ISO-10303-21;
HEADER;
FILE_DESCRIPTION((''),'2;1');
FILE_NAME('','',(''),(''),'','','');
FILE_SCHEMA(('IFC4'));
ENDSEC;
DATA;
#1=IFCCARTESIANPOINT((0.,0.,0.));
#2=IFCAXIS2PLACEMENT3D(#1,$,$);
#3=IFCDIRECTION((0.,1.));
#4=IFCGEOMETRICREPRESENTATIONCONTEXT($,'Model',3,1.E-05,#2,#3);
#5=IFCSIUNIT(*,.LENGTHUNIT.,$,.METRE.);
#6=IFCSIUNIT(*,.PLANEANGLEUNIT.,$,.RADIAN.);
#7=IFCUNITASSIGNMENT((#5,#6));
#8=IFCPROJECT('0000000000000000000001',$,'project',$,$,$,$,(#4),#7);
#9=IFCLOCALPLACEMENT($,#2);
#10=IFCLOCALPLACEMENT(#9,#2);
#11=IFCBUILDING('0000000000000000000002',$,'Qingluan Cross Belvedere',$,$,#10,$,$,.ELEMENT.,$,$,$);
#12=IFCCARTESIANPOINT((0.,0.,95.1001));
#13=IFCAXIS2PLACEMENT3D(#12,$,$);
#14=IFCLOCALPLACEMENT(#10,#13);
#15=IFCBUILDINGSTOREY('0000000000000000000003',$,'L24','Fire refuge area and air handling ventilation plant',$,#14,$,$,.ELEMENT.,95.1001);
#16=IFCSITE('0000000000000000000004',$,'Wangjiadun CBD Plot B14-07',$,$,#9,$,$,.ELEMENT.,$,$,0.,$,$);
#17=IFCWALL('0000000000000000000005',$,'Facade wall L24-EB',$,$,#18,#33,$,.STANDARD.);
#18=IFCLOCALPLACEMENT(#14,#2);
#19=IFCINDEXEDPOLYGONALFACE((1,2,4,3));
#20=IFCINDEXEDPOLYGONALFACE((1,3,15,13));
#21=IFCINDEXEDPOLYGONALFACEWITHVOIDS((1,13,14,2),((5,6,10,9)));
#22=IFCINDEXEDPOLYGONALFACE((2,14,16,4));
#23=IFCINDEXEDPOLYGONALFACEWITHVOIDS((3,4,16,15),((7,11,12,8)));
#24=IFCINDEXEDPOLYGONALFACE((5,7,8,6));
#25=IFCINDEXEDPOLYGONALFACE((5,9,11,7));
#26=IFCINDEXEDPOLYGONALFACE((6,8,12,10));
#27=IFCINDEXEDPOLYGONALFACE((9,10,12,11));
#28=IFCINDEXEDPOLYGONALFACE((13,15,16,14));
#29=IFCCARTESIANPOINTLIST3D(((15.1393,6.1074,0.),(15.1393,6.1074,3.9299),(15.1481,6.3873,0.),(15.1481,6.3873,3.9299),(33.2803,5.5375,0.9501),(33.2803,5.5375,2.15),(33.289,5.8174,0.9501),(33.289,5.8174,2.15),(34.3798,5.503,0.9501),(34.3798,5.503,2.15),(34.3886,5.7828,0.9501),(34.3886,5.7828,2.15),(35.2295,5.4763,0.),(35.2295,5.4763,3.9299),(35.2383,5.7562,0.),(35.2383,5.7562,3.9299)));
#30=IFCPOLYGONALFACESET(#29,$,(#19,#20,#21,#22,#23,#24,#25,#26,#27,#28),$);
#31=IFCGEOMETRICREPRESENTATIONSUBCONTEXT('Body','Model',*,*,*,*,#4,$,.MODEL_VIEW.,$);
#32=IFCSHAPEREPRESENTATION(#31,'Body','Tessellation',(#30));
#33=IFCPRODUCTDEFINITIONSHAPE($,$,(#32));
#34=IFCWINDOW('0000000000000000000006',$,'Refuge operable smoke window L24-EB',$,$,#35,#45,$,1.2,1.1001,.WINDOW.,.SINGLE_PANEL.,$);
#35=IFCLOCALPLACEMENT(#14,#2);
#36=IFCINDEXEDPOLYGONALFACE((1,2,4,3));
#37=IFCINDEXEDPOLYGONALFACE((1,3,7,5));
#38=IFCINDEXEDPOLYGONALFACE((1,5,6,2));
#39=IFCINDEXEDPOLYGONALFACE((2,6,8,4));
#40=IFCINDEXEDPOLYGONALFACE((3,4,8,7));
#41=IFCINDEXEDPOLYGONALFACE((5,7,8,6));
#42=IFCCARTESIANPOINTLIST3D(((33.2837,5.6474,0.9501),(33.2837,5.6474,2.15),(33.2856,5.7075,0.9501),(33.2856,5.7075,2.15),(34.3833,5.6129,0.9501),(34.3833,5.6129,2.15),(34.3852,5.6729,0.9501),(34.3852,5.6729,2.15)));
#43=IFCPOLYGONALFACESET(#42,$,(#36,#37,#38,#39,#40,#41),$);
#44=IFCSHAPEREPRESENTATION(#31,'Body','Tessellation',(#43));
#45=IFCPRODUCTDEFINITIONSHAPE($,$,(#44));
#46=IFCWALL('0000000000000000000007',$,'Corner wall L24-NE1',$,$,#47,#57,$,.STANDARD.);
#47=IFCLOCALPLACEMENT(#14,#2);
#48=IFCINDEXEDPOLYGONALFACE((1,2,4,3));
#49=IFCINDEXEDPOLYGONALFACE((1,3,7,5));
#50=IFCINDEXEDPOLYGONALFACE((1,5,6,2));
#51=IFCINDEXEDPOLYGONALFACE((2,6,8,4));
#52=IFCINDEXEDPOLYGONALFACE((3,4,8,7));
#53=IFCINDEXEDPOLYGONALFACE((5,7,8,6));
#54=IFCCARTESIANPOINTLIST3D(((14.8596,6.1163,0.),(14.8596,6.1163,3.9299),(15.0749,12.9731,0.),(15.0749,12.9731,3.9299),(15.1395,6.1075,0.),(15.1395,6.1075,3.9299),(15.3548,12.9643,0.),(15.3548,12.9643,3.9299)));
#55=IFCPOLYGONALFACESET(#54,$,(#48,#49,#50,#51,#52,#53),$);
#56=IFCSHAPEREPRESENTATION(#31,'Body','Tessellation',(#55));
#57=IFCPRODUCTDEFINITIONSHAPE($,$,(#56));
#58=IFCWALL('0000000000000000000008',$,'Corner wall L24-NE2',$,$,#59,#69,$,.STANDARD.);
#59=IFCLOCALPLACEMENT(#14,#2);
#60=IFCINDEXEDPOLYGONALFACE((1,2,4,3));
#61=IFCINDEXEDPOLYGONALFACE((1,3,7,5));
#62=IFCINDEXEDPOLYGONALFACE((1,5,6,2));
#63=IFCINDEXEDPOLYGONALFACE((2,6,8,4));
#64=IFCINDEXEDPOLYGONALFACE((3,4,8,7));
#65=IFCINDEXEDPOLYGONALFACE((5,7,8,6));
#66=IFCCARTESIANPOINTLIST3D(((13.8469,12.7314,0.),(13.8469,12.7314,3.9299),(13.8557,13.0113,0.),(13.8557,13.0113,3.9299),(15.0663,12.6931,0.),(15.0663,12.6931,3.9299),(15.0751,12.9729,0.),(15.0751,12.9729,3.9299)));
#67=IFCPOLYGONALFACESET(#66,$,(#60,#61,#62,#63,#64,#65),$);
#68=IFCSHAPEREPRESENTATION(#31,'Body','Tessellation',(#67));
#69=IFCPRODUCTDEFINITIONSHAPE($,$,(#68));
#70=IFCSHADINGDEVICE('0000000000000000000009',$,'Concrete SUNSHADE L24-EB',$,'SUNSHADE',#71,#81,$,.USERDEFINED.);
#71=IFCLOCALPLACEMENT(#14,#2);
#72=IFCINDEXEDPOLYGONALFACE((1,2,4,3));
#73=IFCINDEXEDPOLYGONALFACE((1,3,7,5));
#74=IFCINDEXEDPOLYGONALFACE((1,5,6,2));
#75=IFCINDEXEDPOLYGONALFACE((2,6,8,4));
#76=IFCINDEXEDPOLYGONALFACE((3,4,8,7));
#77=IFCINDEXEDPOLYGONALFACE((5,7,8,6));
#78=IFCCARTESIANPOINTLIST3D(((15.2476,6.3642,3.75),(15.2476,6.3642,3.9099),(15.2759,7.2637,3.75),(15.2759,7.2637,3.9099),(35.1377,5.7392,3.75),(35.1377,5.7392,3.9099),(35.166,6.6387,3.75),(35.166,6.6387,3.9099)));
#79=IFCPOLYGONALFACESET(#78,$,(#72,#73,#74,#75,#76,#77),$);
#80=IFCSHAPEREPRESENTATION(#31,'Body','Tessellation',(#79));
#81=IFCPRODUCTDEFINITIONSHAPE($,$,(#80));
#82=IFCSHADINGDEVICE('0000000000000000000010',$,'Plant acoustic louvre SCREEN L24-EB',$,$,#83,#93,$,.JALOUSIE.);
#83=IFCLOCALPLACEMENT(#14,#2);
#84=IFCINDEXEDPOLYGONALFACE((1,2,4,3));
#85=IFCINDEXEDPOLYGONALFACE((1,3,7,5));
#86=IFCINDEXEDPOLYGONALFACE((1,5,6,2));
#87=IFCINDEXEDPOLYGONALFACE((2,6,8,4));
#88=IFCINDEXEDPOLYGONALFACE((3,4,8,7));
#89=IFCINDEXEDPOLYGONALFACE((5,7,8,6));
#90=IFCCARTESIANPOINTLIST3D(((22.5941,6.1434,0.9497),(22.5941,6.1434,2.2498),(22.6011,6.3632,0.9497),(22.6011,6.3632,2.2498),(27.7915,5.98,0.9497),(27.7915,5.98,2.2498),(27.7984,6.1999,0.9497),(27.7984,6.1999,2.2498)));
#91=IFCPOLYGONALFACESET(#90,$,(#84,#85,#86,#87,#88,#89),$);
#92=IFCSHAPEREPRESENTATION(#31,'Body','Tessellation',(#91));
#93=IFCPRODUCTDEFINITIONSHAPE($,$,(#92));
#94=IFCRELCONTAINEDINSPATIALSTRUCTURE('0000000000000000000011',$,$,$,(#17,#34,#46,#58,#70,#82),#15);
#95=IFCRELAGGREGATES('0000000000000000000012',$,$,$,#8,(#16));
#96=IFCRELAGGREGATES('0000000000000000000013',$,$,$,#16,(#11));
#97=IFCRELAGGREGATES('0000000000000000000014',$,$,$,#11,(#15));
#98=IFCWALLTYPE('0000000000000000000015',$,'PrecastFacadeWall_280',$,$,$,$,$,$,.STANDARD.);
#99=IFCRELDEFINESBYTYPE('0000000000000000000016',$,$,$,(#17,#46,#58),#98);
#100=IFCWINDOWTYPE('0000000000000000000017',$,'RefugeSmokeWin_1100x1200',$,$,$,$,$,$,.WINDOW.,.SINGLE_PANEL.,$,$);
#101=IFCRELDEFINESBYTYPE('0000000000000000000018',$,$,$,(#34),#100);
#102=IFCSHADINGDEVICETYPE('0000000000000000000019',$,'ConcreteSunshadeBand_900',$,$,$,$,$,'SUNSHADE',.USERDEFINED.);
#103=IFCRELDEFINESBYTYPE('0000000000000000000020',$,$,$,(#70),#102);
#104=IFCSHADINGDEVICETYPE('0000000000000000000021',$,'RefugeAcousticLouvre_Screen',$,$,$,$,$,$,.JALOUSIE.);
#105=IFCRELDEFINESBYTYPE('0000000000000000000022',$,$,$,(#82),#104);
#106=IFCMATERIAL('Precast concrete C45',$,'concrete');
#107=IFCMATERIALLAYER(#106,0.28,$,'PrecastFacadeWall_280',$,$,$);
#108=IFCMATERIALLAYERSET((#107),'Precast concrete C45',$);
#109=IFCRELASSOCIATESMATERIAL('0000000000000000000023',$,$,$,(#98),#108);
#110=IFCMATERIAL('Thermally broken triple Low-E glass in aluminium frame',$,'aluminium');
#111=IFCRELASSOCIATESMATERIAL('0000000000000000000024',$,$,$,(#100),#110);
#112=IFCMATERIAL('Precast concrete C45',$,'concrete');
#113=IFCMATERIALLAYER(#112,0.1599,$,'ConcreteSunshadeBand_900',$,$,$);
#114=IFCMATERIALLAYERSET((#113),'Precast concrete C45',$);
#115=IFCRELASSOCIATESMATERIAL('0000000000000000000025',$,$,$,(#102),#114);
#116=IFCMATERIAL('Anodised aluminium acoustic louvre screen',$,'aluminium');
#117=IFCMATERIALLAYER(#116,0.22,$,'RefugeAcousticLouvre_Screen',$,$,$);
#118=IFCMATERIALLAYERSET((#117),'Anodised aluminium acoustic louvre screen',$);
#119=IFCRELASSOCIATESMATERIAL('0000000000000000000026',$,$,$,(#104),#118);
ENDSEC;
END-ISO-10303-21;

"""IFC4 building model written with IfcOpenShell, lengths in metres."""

from ifc_helpers import new_model, si_unit, direction, frame, frame_2d, origin, origin_2d, place, context, subcontext, project, spatial, rectangle, extrude, material, layer, layer_set, type_object, element, fill, save


model = new_model("IFC4")

# Units and contexts
model_context = context("Model", 3, precision=1e-05, world=origin(), true_north=direction((0.0, 1.0)))
body_context = subcontext(model_context, "Body", "Model", "MODEL_VIEW")
ifc_project = project(units=[si_unit("LENGTHUNIT", "METRE"), si_unit("PLANEANGLEUNIT", "RADIAN")], contexts=[model_context])

# Site, building, storey
site_placement = place(None, origin())
site = spatial("IfcSite", under=ifc_project, at=site_placement, Name="Wangjiadun CBD Plot B14-07", CompositionType="ELEMENT", RefElevation=0.0)
building_placement = place(site_placement, origin())
building = spatial("IfcBuilding", under=site, at=building_placement, Name="Qingluan Cross Belvedere", CompositionType="ELEMENT")
storey_placement = place(building_placement, frame((0.0, 0.0, 95.1001)))
storey = spatial("IfcBuildingStorey", under=building, at=storey_placement, Name="L24", Description="Fire refuge area and air handling ventilation plant", CompositionType="ELEMENT", Elevation=95.1001)

# Wall, opening, window
ifc_material_1 = material(Name="Precast concrete C45", Category="concrete")
ifc_layer_1 = layer(ifc_material_1, 0.28, Name="PrecastFacadeWall_280")
ifc_layer_set_1 = layer_set([ifc_layer_1], Name="Precast concrete C45")
wall_type_1 = type_object("IfcWallType", Name="PrecastFacadeWall_280", PredefinedType="STANDARD", material=ifc_layer_set_1)
wall_1_placement = place(storey_placement, frame((35.2339, 5.6162, 0.0), z_axis=(0.0, 0.0, 1.0), x_axis=(-0.999507, 0.031398, 0.0)))
wall_1 = element("IfcWall", 1, at=wall_1_placement, inside=storey, type_object=wall_type_1, Name="Facade wall L24-EB", PredefinedType="STANDARD", context=body_context, shape_type="SweptSolid", body=[
    extrude(rectangle(XDim=20.1001, YDim=0.28, at=frame_2d((10.05, 0.0))), origin(), (0.0, 0.0, 1.0), 3.9299),
])
opening_placement = place(wall_1_placement, frame((0.8501, 0.0, 0.95)))
opening = element("IfcOpeningElement", 2, at=opening_placement, cuts=wall_1, PredefinedType="OPENING", context=body_context, shape_type="SweptSolid", body=[
    extrude(rectangle(XDim=1.1001, YDim=1.2, at=frame_2d((0.55, 0.6001))), frame((0.0, 0.1499, 0.0), z_axis=(0.0, -1.0, 0.0), x_axis=(1.0, 0.0, 0.0)), (0.0, 0.0, 1.0), 0.3),
])
ifc_material_2 = material(Name="Thermally broken triple Low-E glass in aluminium frame", Category="aluminium")
window_type = type_object("IfcWindowType", Name="RefugeSmokeWin_1100x1200", PartitioningType="SINGLE_PANEL", PredefinedType="WINDOW", material=ifc_material_2)
window_placement = place(opening_placement, origin())
window = element("IfcWindow", 3, at=window_placement, inside=storey, type_object=window_type, Name="Refuge operable smoke window L24-EB", OverallHeight=1.2, OverallWidth=1.1001, PartitioningType="SINGLE_PANEL", PredefinedType="WINDOW", context=body_context, shape_type="SweptSolid", body=[
    extrude(rectangle(XDim=1.1001, YDim=1.2, at=frame_2d((0.55, 0.6001))), frame((0.0, 0.03, 0.0), z_axis=(0.0, -1.0, 0.0), x_axis=(1.0, 0.0, 0.0)), (0.0, 0.0, 1.0), 0.0601),
])
fill(opening, window)

# Walls
wall_2_placement = place(storey_placement, frame((14.9995, 6.1118, 0.0), z_axis=(0.0, 0.0, 1.0), x_axis=(0.031389, 0.999507, 0.0)))
element("IfcWall", 4, at=wall_2_placement, inside=storey, type_object=wall_type_1, Name="Corner wall L24-NE1", PredefinedType="STANDARD", context=body_context, shape_type="SweptSolid", body=[
    extrude(rectangle(XDim=6.8601, YDim=0.28, at=frame_2d((3.4302, 0.0))), origin(), (0.0, 0.0, 1.0), 3.9299),
])
wall_3_placement = place(storey_placement, frame((15.0706, 12.833, 0.0), z_axis=(0.0, 0.0, 1.0), x_axis=(-0.999506, 0.031416, 0.0)))
element("IfcWall", 5, at=wall_3_placement, inside=storey, type_object=wall_type_1, Name="Corner wall L24-NE2", PredefinedType="STANDARD", context=body_context, shape_type="SweptSolid", body=[
    extrude(rectangle(XDim=1.22, YDim=0.28, at=frame_2d((0.6099, 0.0))), origin(), (0.0, 0.0, 1.0), 3.9299),
])

# Shading devices
ifc_material_3 = material(Name="Precast concrete C45", Category="concrete")
ifc_layer_2 = layer(ifc_material_3, 0.1599, Name="ConcreteSunshadeBand_900")
ifc_layer_set_2 = layer_set([ifc_layer_2], Name="Precast concrete C45")
shading_device_type_1 = type_object("IfcShadingDeviceType", Name="ConcreteSunshadeBand_900", ElementType="SUNSHADE", PredefinedType="USERDEFINED", material=ifc_layer_set_2)
shading_device_1_placement = place(storey_placement, frame((25.2068, 6.5015, 3.75), z_axis=(0.0, 0.0, 1.0), x_axis=(-0.999507, 0.031408, 0.0)))
element("IfcShadingDevice", 6, at=shading_device_1_placement, inside=storey, type_object=shading_device_type_1, Name="Concrete SUNSHADE L24-EB", ObjectType="SUNSHADE", PredefinedType="USERDEFINED", context=body_context, shape_type="SweptSolid", body=[
    extrude(rectangle(XDim=19.8999, YDim=0.8999, at=origin_2d()), origin(), (0.0, 0.0, 1.0), 0.1599),
])
ifc_material_4 = material(Name="Anodised aluminium acoustic louvre screen", Category="aluminium")
ifc_layer_3 = layer(ifc_material_4, 0.22, Name="RefugeAcousticLouvre_Screen")
ifc_layer_set_3 = layer_set([ifc_layer_3], Name="Anodised aluminium acoustic louvre screen")
shading_device_type_2 = type_object("IfcShadingDeviceType", Name="RefugeAcousticLouvre_Screen", PredefinedType="JALOUSIE", material=ifc_layer_set_3)
shading_device_2_placement = place(storey_placement, frame((25.1963, 6.1716, 0.9497), z_axis=(0.0, 0.0, 1.0), x_axis=(-0.999507, 0.031408, 0.0)))
element("IfcShadingDevice", 7, at=shading_device_2_placement, inside=storey, type_object=shading_device_type_2, Name="Plant acoustic louvre SCREEN L24-EB", PredefinedType="JALOUSIE", context=body_context, shape_type="SweptSolid", body=[
    extrude(rectangle(XDim=5.2, YDim=0.22, at=origin_2d()), origin(), (0.0, 0.0, 1.0), 1.3),
])

save(model, "model.ifc")
